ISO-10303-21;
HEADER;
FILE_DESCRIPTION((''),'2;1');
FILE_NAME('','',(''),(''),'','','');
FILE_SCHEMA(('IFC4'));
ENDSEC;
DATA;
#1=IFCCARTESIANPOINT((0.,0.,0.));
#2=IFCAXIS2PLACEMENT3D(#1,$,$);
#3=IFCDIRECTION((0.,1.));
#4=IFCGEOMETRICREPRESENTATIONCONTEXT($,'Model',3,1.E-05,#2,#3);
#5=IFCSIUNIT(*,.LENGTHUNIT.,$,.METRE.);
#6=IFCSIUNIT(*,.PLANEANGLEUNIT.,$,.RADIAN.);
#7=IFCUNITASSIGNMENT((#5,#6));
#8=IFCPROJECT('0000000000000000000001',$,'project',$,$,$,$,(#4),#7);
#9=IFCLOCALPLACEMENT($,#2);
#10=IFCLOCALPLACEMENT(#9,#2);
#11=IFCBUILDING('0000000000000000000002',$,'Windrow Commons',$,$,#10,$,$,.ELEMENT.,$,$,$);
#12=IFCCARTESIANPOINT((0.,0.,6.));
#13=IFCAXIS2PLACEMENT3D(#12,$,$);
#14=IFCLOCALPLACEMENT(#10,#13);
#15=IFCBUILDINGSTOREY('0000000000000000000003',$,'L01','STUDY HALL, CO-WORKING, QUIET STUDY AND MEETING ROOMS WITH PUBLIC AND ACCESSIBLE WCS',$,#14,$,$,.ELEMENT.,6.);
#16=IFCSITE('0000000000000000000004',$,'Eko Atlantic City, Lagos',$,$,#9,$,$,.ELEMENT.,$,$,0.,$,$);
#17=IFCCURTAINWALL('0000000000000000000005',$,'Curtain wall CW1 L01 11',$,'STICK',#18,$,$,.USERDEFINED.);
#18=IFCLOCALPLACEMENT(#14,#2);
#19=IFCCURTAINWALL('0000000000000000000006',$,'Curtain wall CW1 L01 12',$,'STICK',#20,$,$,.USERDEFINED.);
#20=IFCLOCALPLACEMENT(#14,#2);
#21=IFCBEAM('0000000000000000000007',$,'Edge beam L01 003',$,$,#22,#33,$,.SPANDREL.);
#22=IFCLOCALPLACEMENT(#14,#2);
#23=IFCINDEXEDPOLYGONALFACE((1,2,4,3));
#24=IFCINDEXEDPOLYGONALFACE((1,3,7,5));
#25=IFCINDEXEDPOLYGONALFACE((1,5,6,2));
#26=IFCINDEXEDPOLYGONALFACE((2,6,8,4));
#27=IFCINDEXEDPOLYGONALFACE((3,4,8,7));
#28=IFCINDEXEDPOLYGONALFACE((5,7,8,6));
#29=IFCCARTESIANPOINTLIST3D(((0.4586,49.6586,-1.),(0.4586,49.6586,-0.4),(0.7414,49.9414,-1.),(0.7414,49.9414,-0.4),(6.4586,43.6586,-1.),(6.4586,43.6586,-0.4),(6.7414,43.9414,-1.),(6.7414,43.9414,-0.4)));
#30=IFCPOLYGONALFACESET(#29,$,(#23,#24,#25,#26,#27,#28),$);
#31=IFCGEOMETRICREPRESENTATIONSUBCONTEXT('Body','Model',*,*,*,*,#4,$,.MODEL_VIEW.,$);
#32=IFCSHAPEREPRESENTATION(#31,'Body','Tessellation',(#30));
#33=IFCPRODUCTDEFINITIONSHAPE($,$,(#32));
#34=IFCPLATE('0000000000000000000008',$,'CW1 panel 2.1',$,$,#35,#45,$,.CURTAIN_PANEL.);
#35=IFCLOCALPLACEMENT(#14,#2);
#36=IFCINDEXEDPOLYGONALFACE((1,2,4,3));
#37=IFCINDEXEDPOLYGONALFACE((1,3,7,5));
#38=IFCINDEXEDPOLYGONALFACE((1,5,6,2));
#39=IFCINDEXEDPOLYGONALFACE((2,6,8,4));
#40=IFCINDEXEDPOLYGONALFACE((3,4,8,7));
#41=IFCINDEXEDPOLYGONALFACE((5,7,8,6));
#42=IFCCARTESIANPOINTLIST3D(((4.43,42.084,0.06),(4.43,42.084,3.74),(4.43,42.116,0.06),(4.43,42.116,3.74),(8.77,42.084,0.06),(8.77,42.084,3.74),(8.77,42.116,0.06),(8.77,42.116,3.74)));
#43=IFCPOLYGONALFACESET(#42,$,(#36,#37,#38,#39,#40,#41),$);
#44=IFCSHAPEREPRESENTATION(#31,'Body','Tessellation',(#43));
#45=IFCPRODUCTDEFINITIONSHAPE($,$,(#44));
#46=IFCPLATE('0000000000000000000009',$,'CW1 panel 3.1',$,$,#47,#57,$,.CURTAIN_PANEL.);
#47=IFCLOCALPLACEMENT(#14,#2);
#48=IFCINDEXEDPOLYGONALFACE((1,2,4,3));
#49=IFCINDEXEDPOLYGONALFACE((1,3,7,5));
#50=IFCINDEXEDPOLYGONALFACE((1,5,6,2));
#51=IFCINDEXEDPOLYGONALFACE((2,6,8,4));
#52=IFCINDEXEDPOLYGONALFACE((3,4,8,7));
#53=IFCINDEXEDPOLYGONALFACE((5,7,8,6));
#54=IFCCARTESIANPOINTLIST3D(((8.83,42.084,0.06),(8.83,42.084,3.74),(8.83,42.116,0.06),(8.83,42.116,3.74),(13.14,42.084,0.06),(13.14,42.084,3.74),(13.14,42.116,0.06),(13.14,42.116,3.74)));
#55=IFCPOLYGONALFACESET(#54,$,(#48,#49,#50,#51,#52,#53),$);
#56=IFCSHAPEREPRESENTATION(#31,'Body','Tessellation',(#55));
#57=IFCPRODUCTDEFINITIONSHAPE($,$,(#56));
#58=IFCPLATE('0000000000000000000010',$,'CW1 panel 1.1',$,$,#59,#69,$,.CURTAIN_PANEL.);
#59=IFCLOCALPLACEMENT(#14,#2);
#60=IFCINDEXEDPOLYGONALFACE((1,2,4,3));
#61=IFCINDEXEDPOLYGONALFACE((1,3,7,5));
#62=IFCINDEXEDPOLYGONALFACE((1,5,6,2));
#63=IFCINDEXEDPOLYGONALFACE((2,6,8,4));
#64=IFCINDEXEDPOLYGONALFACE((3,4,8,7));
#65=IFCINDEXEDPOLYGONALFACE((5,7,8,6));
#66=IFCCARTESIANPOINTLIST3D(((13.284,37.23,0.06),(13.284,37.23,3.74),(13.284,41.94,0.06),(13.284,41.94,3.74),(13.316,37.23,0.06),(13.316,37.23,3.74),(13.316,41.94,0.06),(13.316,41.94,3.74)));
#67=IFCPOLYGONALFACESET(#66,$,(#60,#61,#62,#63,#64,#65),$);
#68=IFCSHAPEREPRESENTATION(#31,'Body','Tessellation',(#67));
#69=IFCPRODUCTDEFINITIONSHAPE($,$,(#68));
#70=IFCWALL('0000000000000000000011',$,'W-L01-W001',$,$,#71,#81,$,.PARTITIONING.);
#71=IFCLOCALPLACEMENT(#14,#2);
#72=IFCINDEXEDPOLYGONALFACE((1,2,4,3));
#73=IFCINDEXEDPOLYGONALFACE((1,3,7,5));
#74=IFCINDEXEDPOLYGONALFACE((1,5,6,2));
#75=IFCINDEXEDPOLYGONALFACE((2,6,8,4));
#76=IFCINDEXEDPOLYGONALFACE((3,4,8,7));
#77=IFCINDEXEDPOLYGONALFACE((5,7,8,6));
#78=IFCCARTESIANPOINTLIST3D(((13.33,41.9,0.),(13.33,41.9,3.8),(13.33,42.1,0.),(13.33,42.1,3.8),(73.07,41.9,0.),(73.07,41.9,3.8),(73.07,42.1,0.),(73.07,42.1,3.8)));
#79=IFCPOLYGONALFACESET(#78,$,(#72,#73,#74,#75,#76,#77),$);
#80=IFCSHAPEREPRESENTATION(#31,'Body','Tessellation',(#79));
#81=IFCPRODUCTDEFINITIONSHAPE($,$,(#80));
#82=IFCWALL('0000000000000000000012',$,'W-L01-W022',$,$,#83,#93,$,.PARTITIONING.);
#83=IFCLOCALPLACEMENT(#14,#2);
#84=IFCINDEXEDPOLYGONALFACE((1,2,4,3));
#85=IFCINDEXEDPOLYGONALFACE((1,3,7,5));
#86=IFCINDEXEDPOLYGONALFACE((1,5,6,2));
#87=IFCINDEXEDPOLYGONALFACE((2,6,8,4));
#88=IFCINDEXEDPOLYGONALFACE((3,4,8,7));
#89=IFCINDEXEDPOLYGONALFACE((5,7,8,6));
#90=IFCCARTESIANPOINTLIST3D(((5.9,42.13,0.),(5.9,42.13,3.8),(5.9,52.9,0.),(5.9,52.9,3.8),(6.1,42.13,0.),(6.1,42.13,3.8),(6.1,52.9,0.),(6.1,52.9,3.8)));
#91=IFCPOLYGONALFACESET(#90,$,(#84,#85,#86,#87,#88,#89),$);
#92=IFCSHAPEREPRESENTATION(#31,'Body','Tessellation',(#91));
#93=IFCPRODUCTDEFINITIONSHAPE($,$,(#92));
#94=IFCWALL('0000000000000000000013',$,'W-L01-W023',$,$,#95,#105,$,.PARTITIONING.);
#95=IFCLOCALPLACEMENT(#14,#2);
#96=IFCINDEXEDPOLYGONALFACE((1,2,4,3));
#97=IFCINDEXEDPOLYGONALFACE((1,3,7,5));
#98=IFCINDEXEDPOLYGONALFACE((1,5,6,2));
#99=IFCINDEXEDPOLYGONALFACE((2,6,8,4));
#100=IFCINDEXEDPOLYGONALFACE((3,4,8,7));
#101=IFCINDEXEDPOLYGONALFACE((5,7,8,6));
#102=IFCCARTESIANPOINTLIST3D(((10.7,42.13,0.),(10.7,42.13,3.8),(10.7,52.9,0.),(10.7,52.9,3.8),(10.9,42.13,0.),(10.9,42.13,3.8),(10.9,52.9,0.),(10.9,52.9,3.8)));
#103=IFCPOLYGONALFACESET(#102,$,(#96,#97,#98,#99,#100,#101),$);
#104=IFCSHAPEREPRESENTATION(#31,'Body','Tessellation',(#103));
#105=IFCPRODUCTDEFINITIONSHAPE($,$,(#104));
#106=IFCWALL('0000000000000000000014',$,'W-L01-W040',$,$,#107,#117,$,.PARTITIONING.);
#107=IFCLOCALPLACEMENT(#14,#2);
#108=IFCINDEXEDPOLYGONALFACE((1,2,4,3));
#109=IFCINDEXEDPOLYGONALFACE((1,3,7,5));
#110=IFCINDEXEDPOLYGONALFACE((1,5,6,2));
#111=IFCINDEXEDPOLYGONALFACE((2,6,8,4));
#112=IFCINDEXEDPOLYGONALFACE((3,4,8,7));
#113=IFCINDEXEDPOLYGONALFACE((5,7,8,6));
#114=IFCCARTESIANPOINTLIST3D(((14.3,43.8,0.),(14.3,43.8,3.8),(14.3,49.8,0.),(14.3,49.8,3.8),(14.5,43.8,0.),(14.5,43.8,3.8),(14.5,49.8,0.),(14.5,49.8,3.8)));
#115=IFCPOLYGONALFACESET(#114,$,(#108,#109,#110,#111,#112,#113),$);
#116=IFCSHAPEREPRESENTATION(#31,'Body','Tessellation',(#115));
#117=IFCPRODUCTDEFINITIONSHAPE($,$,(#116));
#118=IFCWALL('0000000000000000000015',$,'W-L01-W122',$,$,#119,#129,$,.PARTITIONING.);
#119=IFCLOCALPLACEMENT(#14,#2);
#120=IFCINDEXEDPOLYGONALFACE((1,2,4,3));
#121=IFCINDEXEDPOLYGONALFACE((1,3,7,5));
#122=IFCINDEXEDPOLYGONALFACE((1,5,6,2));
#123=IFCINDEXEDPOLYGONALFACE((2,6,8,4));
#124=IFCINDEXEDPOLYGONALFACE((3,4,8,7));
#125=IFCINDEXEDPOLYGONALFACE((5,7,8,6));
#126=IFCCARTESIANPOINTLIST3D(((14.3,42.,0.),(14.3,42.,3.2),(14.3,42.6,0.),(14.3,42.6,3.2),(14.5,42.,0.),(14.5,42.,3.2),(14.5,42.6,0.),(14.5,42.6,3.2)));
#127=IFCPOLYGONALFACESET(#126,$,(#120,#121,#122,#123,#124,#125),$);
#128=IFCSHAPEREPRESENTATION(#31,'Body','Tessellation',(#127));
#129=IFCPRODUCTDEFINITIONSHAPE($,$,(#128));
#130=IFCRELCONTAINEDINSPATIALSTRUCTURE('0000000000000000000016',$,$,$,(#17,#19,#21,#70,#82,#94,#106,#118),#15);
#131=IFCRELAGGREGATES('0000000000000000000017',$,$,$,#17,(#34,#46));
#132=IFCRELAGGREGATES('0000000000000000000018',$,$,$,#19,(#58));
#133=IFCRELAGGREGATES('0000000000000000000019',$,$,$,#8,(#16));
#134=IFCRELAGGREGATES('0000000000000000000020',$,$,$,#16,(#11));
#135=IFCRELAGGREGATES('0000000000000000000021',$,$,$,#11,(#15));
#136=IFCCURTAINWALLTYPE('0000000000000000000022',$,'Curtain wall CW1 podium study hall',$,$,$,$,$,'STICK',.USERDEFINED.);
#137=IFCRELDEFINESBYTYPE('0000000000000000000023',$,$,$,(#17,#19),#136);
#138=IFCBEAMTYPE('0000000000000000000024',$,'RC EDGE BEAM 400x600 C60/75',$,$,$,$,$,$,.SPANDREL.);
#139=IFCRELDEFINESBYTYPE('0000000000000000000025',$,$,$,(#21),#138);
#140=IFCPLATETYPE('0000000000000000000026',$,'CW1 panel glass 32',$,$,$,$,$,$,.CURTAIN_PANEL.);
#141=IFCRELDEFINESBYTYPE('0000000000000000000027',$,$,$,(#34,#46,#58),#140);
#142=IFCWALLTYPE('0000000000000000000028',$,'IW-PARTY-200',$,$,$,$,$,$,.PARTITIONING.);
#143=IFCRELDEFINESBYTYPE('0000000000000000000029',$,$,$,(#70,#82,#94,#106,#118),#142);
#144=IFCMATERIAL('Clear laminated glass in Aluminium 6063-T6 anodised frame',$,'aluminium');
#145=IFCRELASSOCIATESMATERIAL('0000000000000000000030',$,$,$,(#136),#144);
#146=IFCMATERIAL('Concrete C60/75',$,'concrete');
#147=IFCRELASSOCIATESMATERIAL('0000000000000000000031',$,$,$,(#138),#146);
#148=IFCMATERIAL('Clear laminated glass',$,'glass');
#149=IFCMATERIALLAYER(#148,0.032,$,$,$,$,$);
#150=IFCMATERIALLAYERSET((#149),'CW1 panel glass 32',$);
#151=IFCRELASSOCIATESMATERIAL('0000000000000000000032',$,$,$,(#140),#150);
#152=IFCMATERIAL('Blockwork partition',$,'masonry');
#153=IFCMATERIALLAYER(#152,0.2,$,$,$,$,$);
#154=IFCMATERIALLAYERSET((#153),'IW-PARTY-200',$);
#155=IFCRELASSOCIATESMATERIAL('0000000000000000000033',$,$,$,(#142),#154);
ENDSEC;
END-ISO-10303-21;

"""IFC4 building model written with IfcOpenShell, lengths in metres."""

from ifc_helpers import new_model, si_unit, direction, frame, frame_2d, origin, origin_2d, place, context, subcontext, project, spatial, rectangle, extrude, material, layer, layer_set, material_profile, profile_set, type_object, element, aggregate, save


model = new_model("IFC4")

# Units and contexts
model_context = context("Model", 3, precision=1e-05, world=origin(), true_north=direction((0.0, 1.0)))
body_context = subcontext(model_context, "Body", "Model", "MODEL_VIEW")
ifc_project = project(units=[si_unit("LENGTHUNIT", "METRE"), si_unit("PLANEANGLEUNIT", "RADIAN")], contexts=[model_context])

# Site, building, storey
site_placement = place(None, origin())
site = spatial("IfcSite", under=ifc_project, at=site_placement, Name="Eko Atlantic City, Lagos", CompositionType="ELEMENT", RefElevation=0.0)
building_placement = place(site_placement, origin())
building = spatial("IfcBuilding", under=site, at=building_placement, Name="Windrow Commons", CompositionType="ELEMENT")
storey_placement = place(building_placement, frame((0.0, 0.0, 6.0)))
storey = spatial("IfcBuildingStorey", under=building, at=storey_placement, Name="L01", Description="STUDY HALL, CO-WORKING, QUIET STUDY AND MEETING ROOMS WITH PUBLIC AND ACCESSIBLE WCS", CompositionType="ELEMENT", Elevation=6.0)

# Curtain walls
ifc_material_1 = material(Name="Clear laminated glass in Aluminium 6063-T6 anodised frame", Category="aluminium")
curtain_wall_type = type_object("IfcCurtainWallType", Name="Curtain wall CW1 podium study hall", ElementType="STICK", PredefinedType="USERDEFINED", material=ifc_material_1)
placement = place(storey_placement, origin())
curtain_wall_1 = element("IfcCurtainWall", 1, at=placement, inside=storey, type_object=curtain_wall_type, Name="Curtain wall CW1 L01 11", ObjectType="STICK", PredefinedType="USERDEFINED")
curtain_wall_2 = element("IfcCurtainWall", 2, at=placement, inside=storey, type_object=curtain_wall_type, Name="Curtain wall CW1 L01 12", ObjectType="STICK", PredefinedType="USERDEFINED")

# Beam
ifc_material_2 = material(Name="Concrete C60/75", Category="concrete")
ifc_material_profile_1 = material_profile(ifc_material_2, rectangle(XDim=0.4, YDim=0.6, at=origin_2d()))
ifc_profile_set_1 = profile_set([ifc_material_profile_1], Name="Concrete C60/75")
beam_type = type_object("IfcBeamType", Name="RC EDGE BEAM 400x600 C60/75", PredefinedType="SPANDREL", material=ifc_profile_set_1)
beam_placement = place(storey_placement, frame((6.6, 43.8, -0.7), z_axis=(-0.707107, 0.707107, 0.0), x_axis=(-0.707107, -0.707107, 0.0)))
element("IfcBeam", 3, at=beam_placement, inside=storey, type_object=beam_type, Name="Edge beam L01 003", PredefinedType="SPANDREL", context=body_context, shape_type="SweptSolid", body=[
    extrude(rectangle(XDim=0.4, YDim=0.6, at=origin_2d()), origin(), (0.0, 0.0, 1.0), 8.4853),
])

# Plates
ifc_material_3 = material(Name="Clear laminated glass", Category="glass")
ifc_layer_1 = layer(ifc_material_3, 0.032)
ifc_layer_set_1 = layer_set([ifc_layer_1], Name="CW1 panel glass 32")
plate_type = type_object("IfcPlateType", Name="CW1 panel glass 32", PredefinedType="CURTAIN_PANEL", material=ifc_layer_set_1)
plate_1_placement = place(storey_placement, frame((6.6, 42.1, 0.06), z_axis=(0.0, 0.0, 1.0), x_axis=(1.0, 0.0, 0.0)))
plate_1 = element("IfcPlate", 4, at=plate_1_placement, type_object=plate_type, Name="CW1 panel 2.1", PredefinedType="CURTAIN_PANEL", context=body_context, shape_type="SweptSolid", body=[
    extrude(rectangle(XDim=4.34, YDim=0.032, at=origin_2d()), origin(), (0.0, 0.0, 1.0), 3.68),
])
plate_2_placement = place(storey_placement, frame((10.985, 42.1, 0.06), z_axis=(0.0, 0.0, 1.0), x_axis=(1.0, 0.0, 0.0)))
plate_2 = element("IfcPlate", 5, at=plate_2_placement, type_object=plate_type, Name="CW1 panel 3.1", PredefinedType="CURTAIN_PANEL", context=body_context, shape_type="SweptSolid", body=[
    extrude(rectangle(XDim=4.31, YDim=0.032, at=origin_2d()), origin(), (0.0, 0.0, 1.0), 3.68),
])
aggregate(curtain_wall_1, [plate_1, plate_2])
plate_3_placement = place(storey_placement, frame((13.3, 39.585, 0.06), z_axis=(0.0, 0.0, 1.0), x_axis=(0.0, -1.0, 0.0)))
plate_3 = element("IfcPlate", 6, at=plate_3_placement, type_object=plate_type, Name="CW1 panel 1.1", PredefinedType="CURTAIN_PANEL", context=body_context, shape_type="SweptSolid", body=[
    extrude(rectangle(XDim=4.71, YDim=0.032, at=origin_2d()), origin(), (0.0, 0.0, 1.0), 3.68),
])
aggregate(curtain_wall_2, [plate_3])

# Walls
ifc_material_4 = material(Name="Blockwork partition", Category="masonry")
ifc_layer_2 = layer(ifc_material_4, 0.2)
ifc_layer_set_2 = layer_set([ifc_layer_2], Name="IW-PARTY-200")
wall_type = type_object("IfcWallType", Name="IW-PARTY-200", PredefinedType="PARTITIONING", material=ifc_layer_set_2)
wall_1_placement = place(storey_placement, frame((13.33, 42.0, 0.0), z_axis=(0.0, 0.0, 1.0), x_axis=(1.0, 0.0, 0.0)))
element("IfcWall", 7, at=wall_1_placement, inside=storey, type_object=wall_type, Name="W-L01-W001", PredefinedType="PARTITIONING", context=body_context, shape_type="SweptSolid", body=[
    extrude(rectangle(XDim=59.74, YDim=0.2, at=frame_2d((29.87, 0.0))), origin(), (0.0, 0.0, 1.0), 3.8),
])
for number, where, z_axis, x_axis, name in (
    (8, (6.0, 42.13, 0.0), (0.0, 0.0, 1.0), (0.0, 1.0, 0.0), "W-L01-W022"),
    (9, (10.8, 42.13, 0.0), (0.0, 0.0, 1.0), (0.0, 1.0, 0.0), "W-L01-W023"),
):
    element("IfcWall", number, at=place(storey_placement, frame(where, z_axis=z_axis, x_axis=x_axis)), inside=storey, type_object=wall_type, Name=name, PredefinedType="PARTITIONING", context=body_context, shape_type="SweptSolid", body=[
        extrude(rectangle(XDim=10.77, YDim=0.2, at=frame_2d((5.385, 0.0))), origin(), (0.0, 0.0, 1.0), 3.8),
    ])
wall_2_placement = place(storey_placement, frame((14.4, 43.8, 0.0), z_axis=(0.0, 0.0, 1.0), x_axis=(0.0, 1.0, 0.0)))
element("IfcWall", 10, at=wall_2_placement, inside=storey, type_object=wall_type, Name="W-L01-W040", PredefinedType="PARTITIONING", context=body_context, shape_type="SweptSolid", body=[
    extrude(rectangle(XDim=6.0, YDim=0.2, at=frame_2d((3.0, 0.0))), origin(), (0.0, 0.0, 1.0), 3.8),
])
wall_3_placement = place(storey_placement, frame((14.4, 42.0, 0.0), z_axis=(0.0, 0.0, 1.0), x_axis=(0.0, 1.0, 0.0)))
element("IfcWall", 11, at=wall_3_placement, inside=storey, type_object=wall_type, Name="W-L01-W122", PredefinedType="PARTITIONING", context=body_context, shape_type="SweptSolid", body=[
    extrude(rectangle(XDim=0.6, YDim=0.2, at=frame_2d((0.3, 0.0))), origin(), (0.0, 0.0, 1.0), 3.2),
])

save(model, "model.ifc")
